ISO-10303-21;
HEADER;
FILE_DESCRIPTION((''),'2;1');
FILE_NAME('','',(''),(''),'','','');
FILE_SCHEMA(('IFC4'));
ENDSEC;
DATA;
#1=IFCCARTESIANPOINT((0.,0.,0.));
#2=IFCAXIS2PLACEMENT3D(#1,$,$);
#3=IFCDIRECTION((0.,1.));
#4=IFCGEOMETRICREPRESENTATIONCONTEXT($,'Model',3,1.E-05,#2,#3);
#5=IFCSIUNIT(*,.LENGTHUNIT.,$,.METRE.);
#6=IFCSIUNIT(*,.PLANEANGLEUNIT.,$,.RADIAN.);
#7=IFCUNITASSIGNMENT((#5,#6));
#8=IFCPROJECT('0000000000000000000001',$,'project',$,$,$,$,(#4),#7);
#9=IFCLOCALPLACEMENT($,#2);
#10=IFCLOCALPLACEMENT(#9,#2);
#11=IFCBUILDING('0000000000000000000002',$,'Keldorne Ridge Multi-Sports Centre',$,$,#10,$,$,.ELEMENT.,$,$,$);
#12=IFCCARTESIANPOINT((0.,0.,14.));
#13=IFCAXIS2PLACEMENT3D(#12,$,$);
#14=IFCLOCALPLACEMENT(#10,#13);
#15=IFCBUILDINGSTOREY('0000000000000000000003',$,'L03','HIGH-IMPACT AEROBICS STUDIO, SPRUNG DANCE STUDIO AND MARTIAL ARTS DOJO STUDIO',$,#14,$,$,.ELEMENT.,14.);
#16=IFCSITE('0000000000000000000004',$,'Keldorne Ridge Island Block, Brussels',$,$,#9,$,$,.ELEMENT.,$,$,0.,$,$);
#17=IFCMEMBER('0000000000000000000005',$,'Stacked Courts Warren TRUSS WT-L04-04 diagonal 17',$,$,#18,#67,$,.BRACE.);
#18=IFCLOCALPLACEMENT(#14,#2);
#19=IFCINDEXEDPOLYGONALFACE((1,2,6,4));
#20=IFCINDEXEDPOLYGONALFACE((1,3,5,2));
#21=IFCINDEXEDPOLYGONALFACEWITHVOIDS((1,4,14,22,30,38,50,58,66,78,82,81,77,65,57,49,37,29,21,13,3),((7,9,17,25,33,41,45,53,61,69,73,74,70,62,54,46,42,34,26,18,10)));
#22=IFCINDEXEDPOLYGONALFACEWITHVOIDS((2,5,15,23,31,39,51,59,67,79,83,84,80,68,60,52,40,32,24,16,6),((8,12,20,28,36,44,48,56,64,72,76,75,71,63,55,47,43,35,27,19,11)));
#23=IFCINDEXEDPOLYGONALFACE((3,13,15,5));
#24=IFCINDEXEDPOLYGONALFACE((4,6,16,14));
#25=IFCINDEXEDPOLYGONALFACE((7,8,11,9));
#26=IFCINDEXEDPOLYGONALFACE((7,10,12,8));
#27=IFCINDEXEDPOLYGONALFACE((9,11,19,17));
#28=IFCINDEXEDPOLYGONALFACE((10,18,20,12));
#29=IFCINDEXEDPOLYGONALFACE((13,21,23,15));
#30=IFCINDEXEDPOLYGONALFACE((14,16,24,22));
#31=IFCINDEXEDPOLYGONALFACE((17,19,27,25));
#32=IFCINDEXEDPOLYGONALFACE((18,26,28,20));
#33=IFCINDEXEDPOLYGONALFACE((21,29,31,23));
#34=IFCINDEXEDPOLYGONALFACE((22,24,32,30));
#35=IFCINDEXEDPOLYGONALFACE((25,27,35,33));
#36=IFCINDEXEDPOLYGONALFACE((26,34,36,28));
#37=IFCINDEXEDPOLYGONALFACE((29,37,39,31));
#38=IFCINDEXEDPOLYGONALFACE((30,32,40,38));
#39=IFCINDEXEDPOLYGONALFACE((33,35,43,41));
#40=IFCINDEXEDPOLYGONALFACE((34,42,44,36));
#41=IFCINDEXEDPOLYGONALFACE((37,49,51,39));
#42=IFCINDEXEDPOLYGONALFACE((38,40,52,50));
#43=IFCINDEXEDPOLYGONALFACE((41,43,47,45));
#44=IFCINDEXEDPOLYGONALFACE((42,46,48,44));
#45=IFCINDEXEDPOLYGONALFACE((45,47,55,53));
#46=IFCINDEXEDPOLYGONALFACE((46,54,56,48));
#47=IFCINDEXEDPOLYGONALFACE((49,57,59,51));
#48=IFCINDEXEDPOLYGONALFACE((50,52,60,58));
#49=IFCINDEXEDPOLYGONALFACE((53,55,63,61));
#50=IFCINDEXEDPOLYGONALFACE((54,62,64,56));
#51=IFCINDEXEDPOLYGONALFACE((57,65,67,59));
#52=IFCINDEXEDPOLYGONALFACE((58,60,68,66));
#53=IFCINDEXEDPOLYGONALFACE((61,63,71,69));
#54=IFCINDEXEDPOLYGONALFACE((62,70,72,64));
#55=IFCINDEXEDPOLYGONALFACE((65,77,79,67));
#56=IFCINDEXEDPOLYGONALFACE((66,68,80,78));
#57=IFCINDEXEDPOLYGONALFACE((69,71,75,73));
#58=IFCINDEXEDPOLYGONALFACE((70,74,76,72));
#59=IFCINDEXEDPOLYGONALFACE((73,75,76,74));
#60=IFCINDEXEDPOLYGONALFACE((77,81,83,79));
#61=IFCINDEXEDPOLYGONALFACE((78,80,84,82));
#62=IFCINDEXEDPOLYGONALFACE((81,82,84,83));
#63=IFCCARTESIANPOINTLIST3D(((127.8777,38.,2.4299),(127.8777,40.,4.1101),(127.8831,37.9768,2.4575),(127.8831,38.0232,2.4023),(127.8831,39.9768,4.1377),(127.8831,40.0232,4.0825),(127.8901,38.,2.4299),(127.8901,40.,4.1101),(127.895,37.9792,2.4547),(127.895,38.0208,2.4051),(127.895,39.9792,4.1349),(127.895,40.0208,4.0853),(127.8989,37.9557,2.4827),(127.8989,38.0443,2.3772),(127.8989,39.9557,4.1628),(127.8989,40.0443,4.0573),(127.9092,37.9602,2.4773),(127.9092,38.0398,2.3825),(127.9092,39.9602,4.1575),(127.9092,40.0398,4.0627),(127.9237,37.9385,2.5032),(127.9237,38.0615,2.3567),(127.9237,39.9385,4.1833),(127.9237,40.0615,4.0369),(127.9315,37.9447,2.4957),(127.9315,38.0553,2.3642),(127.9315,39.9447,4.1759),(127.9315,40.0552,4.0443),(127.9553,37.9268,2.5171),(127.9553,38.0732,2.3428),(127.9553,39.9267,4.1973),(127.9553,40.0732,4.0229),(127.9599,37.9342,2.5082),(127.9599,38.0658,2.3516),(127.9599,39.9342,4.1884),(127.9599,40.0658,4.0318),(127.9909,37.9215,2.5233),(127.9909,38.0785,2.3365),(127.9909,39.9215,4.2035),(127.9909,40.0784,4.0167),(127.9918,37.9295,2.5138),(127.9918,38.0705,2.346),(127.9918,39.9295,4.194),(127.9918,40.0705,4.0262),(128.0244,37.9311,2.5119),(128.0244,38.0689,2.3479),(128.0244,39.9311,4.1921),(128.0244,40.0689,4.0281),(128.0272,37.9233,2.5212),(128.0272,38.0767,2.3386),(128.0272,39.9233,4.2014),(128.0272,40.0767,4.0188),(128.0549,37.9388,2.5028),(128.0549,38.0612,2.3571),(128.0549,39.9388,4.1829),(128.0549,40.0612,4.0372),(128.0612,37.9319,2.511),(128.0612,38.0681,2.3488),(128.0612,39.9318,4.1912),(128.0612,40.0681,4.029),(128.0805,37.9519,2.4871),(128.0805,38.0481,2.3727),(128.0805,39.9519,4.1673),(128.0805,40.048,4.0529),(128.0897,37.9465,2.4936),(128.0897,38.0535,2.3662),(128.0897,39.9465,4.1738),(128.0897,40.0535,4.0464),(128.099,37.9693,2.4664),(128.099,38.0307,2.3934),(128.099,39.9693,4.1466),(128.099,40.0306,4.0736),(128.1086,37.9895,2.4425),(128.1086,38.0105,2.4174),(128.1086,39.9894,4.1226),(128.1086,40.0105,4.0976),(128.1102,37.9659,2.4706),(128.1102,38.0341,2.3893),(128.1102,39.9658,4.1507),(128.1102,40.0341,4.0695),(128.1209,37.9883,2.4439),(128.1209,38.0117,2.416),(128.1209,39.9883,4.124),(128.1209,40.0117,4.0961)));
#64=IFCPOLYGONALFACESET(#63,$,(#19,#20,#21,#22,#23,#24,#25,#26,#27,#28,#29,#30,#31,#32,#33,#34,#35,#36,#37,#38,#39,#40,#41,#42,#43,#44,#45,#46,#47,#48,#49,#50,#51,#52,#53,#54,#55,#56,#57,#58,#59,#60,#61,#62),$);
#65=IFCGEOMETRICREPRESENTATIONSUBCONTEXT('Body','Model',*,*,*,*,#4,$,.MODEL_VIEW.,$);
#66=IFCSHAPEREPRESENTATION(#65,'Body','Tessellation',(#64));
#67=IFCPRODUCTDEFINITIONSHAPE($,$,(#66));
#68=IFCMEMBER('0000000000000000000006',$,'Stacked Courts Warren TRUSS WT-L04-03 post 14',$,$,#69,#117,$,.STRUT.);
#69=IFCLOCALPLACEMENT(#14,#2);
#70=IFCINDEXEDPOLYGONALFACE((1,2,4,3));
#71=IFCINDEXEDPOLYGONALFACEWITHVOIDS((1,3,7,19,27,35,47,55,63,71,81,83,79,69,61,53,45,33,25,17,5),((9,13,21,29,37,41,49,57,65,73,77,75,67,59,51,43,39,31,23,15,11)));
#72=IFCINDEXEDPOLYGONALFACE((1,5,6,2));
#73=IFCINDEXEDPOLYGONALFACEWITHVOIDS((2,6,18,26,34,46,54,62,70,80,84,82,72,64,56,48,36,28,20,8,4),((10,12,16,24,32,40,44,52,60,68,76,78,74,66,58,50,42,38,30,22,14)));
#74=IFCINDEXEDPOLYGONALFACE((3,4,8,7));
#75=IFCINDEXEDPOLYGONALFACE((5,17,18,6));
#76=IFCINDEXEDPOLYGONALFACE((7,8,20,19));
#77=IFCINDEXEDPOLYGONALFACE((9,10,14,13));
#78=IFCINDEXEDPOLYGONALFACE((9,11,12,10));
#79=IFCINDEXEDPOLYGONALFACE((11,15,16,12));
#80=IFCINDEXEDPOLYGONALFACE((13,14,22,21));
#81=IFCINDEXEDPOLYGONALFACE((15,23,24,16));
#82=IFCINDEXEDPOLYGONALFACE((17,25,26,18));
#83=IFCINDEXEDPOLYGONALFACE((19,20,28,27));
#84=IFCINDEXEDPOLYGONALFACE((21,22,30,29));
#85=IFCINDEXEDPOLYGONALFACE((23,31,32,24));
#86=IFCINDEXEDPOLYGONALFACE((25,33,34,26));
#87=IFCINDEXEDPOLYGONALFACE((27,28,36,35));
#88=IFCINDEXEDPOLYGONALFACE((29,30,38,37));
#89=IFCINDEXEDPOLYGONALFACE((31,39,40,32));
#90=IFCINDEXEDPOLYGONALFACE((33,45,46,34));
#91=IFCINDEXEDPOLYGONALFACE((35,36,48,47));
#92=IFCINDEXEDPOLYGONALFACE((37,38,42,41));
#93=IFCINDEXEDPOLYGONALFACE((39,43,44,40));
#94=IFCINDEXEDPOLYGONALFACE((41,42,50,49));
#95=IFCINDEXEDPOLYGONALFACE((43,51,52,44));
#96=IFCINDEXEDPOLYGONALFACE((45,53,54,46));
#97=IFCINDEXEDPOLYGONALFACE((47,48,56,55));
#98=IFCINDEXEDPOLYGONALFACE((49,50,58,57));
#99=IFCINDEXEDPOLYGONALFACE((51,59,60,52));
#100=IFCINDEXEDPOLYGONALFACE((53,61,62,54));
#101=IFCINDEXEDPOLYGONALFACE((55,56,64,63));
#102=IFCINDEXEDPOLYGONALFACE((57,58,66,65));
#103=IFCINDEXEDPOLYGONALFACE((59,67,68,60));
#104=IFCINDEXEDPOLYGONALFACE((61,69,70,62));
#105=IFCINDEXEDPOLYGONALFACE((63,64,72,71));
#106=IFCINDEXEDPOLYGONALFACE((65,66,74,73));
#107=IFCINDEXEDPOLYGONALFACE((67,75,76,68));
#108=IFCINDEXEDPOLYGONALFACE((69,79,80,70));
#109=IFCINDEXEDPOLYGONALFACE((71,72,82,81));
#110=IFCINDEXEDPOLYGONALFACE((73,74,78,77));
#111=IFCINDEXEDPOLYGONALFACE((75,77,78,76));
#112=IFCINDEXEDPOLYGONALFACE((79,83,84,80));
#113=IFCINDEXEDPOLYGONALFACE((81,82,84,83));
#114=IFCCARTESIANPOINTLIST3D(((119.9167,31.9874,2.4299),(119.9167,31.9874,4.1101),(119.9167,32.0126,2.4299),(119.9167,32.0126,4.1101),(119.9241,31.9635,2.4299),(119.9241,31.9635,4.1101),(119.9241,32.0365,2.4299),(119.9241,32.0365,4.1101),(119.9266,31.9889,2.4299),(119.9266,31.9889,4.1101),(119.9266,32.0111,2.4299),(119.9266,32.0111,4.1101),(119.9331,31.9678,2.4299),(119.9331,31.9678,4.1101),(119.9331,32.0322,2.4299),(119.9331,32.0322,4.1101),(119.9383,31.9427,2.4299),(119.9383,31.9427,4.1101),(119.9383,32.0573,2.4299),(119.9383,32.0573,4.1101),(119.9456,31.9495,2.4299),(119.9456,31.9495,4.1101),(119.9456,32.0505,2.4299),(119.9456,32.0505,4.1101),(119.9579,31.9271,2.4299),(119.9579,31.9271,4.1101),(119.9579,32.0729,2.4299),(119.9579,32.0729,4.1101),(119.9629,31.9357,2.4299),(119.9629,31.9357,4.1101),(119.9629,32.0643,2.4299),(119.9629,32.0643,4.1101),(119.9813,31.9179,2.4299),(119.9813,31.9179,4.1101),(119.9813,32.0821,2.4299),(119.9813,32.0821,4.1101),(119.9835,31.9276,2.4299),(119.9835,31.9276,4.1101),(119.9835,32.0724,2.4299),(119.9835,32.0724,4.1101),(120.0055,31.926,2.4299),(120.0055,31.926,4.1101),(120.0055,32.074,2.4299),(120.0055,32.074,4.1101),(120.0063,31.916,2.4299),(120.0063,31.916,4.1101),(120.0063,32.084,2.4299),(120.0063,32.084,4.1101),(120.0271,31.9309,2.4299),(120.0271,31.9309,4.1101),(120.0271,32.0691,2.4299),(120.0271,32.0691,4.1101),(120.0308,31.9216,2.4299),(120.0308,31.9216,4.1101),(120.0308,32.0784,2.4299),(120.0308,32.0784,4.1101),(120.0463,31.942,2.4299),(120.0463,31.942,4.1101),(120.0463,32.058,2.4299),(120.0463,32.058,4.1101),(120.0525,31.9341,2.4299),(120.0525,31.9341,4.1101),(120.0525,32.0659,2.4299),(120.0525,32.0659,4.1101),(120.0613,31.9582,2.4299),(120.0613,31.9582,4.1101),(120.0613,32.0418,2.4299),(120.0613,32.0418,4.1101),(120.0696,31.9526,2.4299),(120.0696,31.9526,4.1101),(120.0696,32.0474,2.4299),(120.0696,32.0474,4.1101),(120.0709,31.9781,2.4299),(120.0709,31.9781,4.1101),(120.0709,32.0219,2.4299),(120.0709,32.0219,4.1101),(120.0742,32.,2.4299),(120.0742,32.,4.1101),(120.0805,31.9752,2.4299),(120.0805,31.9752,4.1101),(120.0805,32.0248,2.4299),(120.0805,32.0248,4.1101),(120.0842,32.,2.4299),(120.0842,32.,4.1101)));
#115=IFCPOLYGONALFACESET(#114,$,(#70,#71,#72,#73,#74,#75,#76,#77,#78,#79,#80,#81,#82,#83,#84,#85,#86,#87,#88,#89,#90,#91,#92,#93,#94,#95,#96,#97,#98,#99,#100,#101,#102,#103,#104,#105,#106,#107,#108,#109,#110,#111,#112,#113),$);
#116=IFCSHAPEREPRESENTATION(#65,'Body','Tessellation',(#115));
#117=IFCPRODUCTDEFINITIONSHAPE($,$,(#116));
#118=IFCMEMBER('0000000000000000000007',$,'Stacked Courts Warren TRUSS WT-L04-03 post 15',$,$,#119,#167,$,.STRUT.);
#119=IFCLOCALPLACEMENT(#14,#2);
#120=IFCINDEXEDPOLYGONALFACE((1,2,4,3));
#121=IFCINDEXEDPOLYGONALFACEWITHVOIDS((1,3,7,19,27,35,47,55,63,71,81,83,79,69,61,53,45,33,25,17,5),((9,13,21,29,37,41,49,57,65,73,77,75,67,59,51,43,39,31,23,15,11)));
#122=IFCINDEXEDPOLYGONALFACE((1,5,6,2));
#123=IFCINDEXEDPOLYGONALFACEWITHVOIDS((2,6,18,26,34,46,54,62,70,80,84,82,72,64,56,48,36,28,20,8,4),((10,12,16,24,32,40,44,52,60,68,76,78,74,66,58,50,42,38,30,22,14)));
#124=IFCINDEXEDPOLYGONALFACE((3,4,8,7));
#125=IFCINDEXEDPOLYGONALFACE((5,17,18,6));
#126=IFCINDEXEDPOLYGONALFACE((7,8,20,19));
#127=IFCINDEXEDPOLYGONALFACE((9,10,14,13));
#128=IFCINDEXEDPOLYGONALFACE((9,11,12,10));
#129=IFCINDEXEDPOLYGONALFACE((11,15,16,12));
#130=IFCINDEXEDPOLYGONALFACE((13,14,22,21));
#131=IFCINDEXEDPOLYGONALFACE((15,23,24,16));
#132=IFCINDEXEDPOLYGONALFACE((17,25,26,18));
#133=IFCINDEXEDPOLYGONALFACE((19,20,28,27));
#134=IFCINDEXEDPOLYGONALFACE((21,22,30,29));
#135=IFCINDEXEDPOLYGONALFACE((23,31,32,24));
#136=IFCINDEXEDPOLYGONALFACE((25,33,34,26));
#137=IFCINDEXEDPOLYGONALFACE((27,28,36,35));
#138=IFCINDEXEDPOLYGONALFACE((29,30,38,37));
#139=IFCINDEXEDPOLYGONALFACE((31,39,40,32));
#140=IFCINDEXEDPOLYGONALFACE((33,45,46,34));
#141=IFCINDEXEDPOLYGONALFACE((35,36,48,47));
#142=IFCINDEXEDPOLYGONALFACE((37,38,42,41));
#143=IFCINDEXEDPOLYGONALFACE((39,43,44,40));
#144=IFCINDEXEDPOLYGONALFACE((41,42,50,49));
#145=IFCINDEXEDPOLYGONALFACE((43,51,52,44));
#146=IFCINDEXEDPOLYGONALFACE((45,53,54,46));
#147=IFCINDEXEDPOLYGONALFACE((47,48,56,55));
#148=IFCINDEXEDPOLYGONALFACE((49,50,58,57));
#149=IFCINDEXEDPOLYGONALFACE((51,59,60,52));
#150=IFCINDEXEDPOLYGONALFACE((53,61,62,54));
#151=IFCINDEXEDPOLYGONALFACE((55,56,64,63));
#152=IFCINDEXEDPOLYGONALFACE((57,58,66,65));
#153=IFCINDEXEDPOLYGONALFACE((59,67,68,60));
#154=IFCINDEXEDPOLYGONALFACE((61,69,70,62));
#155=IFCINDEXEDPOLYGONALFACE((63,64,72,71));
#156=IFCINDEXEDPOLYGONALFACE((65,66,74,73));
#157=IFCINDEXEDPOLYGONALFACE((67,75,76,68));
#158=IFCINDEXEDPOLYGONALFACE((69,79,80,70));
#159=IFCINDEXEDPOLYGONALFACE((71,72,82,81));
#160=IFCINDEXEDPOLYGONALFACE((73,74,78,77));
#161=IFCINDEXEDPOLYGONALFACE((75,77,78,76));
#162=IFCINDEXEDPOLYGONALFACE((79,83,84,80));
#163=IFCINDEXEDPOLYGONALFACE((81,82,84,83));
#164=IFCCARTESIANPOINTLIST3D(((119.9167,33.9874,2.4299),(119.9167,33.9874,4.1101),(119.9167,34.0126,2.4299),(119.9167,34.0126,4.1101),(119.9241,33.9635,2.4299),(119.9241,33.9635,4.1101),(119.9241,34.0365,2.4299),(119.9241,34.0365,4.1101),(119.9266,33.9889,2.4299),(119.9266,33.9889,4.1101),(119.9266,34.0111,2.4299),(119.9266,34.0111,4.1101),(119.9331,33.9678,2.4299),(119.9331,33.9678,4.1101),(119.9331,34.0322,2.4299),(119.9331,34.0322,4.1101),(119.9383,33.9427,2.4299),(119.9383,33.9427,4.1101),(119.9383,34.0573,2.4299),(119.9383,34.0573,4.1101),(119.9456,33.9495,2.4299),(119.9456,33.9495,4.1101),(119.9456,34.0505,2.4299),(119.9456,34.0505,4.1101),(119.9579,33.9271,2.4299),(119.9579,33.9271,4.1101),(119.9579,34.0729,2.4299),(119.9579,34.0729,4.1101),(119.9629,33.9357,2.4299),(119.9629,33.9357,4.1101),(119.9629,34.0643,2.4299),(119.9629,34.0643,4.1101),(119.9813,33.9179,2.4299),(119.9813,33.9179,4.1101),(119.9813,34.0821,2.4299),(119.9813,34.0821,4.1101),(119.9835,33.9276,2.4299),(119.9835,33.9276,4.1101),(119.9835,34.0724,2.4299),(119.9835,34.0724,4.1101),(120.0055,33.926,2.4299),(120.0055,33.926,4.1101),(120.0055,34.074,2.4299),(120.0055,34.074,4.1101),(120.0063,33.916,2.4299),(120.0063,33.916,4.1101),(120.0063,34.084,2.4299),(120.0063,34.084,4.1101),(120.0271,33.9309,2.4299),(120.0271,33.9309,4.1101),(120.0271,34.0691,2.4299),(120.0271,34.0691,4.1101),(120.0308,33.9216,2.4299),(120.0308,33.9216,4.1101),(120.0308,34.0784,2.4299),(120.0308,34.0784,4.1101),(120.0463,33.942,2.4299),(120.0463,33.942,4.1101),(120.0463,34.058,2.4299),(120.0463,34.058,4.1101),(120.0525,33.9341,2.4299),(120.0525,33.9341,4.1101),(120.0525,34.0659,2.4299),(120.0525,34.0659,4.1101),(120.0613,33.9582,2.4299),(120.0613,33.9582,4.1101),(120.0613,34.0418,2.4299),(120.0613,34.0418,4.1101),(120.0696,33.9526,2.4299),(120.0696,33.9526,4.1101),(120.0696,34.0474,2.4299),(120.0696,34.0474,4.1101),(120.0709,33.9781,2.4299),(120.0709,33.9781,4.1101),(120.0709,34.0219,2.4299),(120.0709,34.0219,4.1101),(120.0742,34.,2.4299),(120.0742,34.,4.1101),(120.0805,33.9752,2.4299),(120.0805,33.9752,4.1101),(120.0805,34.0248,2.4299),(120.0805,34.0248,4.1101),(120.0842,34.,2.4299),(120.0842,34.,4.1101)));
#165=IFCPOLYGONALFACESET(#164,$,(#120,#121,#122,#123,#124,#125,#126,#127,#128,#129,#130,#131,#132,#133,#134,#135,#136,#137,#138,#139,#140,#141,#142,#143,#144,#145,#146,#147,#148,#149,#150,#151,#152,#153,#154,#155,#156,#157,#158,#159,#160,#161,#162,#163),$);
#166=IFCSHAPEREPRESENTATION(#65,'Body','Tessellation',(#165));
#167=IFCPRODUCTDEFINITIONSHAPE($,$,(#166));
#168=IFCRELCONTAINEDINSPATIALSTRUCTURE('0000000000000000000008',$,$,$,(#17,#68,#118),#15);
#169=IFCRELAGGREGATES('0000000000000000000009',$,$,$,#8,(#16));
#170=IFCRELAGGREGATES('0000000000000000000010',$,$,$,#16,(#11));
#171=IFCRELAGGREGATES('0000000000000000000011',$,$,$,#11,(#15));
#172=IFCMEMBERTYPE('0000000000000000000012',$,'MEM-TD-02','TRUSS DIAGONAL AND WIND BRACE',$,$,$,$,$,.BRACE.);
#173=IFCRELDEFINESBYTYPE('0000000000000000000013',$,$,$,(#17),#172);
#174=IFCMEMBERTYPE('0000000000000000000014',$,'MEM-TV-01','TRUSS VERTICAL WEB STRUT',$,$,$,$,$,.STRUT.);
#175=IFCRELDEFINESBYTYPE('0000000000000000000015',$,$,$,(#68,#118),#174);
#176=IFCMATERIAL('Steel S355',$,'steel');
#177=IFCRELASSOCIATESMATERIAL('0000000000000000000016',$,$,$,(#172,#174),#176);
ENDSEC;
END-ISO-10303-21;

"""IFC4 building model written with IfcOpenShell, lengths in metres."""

from ifc_helpers import new_model, si_unit, direction, frame, origin, origin_2d, place, context, subcontext, project, spatial, hollow_circle, extrude, material, material_profile, profile_set, type_object, element, save


model = new_model("IFC4")

# Units and contexts
model_context = context("Model", 3, precision=1e-05, world=origin(), true_north=direction((0.0, 1.0)))
body_context = subcontext(model_context, "Body", "Model", "MODEL_VIEW")
ifc_project = project(units=[si_unit("LENGTHUNIT", "METRE"), si_unit("PLANEANGLEUNIT", "RADIAN")], contexts=[model_context])

# Site, building, storey
site_placement = place(None, origin())
site = spatial("IfcSite", under=ifc_project, at=site_placement, Name="Keldorne Ridge Island Block, Brussels", CompositionType="ELEMENT", RefElevation=0.0)
building_placement = place(site_placement, origin())
building = spatial("IfcBuilding", under=site, at=building_placement, Name="Keldorne Ridge Multi-Sports Centre", CompositionType="ELEMENT")
storey_placement = place(building_placement, frame((0.0, 0.0, 14.0)))
storey = spatial("IfcBuildingStorey", under=building, at=storey_placement, Name="L03", Description="HIGH-IMPACT AEROBICS STUDIO, SPRUNG DANCE STUDIO AND MARTIAL ARTS DOJO STUDIO", CompositionType="ELEMENT", Elevation=14.0)

# Members
ifc_material = material(Name="Steel S355", Category="steel")
ifc_material_profile_1 = material_profile(ifc_material, hollow_circle(Radius=0.1223, WallThickness=0.0125, at=origin_2d()), Name="CHS 244.5x12.5")
ifc_profile_set_1 = profile_set([ifc_material_profile_1], Name="Steel S355")
member_type_1 = type_object("IfcMemberType", Name="MEM-TD-02", Description="TRUSS DIAGONAL AND WIND BRACE", PredefinedType="BRACE", material=ifc_profile_set_1)
for number, where, z_axis, x_axis, name in (
    (1, (128.0, 38.0, 2.4299), (0.0, 0.765672, 0.643232), (-1.0, 0.0, 0.0), "Stacked Courts Warren TRUSS WT-L04-04 diagonal 17"),
):
    element("IfcMember", number, at=place(storey_placement, frame(where, z_axis=z_axis, x_axis=x_axis)), inside=storey, type_object=member_type_1, Name=name, PredefinedType="BRACE", context=body_context, shape_type="SweptSolid", body=[
        extrude(hollow_circle(Radius=0.1223, WallThickness=0.0125, at=origin_2d()), origin(), (0.0, 0.0, 1.0), 2.6121),
    ])
ifc_material_profile_2 = material_profile(ifc_material, hollow_circle(Radius=0.0842, WallThickness=0.01, at=origin_2d()), Name="CHS 168.3x10")
ifc_profile_set_2 = profile_set([ifc_material_profile_2], Name="Steel S355")
member_type_2 = type_object("IfcMemberType", Name="MEM-TV-01", Description="TRUSS VERTICAL WEB STRUT", PredefinedType="STRUT", material=ifc_profile_set_2)
for number, where, z_axis, x_axis, name in (
    (2, (120.0, 32.0, 2.4299), (0.0, 0.0, 1.0), (1.0, 0.0, 0.0), "Stacked Courts Warren TRUSS WT-L04-03 post 14"),
    (3, (120.0, 34.0, 2.4299), (0.0, 0.0, 1.0), (1.0, 0.0, 0.0), "Stacked Courts Warren TRUSS WT-L04-03 post 15"),
):
    element("IfcMember", number, at=place(storey_placement, frame(where, z_axis=z_axis, x_axis=x_axis)), inside=storey, type_object=member_type_2, Name=name, PredefinedType="STRUT", context=body_context, shape_type="SweptSolid", body=[
        extrude(hollow_circle(Radius=0.0842, WallThickness=0.01, at=origin_2d()), origin(), (0.0, 0.0, 1.0), 1.6802),
    ])

save(model, "model.ifc")
